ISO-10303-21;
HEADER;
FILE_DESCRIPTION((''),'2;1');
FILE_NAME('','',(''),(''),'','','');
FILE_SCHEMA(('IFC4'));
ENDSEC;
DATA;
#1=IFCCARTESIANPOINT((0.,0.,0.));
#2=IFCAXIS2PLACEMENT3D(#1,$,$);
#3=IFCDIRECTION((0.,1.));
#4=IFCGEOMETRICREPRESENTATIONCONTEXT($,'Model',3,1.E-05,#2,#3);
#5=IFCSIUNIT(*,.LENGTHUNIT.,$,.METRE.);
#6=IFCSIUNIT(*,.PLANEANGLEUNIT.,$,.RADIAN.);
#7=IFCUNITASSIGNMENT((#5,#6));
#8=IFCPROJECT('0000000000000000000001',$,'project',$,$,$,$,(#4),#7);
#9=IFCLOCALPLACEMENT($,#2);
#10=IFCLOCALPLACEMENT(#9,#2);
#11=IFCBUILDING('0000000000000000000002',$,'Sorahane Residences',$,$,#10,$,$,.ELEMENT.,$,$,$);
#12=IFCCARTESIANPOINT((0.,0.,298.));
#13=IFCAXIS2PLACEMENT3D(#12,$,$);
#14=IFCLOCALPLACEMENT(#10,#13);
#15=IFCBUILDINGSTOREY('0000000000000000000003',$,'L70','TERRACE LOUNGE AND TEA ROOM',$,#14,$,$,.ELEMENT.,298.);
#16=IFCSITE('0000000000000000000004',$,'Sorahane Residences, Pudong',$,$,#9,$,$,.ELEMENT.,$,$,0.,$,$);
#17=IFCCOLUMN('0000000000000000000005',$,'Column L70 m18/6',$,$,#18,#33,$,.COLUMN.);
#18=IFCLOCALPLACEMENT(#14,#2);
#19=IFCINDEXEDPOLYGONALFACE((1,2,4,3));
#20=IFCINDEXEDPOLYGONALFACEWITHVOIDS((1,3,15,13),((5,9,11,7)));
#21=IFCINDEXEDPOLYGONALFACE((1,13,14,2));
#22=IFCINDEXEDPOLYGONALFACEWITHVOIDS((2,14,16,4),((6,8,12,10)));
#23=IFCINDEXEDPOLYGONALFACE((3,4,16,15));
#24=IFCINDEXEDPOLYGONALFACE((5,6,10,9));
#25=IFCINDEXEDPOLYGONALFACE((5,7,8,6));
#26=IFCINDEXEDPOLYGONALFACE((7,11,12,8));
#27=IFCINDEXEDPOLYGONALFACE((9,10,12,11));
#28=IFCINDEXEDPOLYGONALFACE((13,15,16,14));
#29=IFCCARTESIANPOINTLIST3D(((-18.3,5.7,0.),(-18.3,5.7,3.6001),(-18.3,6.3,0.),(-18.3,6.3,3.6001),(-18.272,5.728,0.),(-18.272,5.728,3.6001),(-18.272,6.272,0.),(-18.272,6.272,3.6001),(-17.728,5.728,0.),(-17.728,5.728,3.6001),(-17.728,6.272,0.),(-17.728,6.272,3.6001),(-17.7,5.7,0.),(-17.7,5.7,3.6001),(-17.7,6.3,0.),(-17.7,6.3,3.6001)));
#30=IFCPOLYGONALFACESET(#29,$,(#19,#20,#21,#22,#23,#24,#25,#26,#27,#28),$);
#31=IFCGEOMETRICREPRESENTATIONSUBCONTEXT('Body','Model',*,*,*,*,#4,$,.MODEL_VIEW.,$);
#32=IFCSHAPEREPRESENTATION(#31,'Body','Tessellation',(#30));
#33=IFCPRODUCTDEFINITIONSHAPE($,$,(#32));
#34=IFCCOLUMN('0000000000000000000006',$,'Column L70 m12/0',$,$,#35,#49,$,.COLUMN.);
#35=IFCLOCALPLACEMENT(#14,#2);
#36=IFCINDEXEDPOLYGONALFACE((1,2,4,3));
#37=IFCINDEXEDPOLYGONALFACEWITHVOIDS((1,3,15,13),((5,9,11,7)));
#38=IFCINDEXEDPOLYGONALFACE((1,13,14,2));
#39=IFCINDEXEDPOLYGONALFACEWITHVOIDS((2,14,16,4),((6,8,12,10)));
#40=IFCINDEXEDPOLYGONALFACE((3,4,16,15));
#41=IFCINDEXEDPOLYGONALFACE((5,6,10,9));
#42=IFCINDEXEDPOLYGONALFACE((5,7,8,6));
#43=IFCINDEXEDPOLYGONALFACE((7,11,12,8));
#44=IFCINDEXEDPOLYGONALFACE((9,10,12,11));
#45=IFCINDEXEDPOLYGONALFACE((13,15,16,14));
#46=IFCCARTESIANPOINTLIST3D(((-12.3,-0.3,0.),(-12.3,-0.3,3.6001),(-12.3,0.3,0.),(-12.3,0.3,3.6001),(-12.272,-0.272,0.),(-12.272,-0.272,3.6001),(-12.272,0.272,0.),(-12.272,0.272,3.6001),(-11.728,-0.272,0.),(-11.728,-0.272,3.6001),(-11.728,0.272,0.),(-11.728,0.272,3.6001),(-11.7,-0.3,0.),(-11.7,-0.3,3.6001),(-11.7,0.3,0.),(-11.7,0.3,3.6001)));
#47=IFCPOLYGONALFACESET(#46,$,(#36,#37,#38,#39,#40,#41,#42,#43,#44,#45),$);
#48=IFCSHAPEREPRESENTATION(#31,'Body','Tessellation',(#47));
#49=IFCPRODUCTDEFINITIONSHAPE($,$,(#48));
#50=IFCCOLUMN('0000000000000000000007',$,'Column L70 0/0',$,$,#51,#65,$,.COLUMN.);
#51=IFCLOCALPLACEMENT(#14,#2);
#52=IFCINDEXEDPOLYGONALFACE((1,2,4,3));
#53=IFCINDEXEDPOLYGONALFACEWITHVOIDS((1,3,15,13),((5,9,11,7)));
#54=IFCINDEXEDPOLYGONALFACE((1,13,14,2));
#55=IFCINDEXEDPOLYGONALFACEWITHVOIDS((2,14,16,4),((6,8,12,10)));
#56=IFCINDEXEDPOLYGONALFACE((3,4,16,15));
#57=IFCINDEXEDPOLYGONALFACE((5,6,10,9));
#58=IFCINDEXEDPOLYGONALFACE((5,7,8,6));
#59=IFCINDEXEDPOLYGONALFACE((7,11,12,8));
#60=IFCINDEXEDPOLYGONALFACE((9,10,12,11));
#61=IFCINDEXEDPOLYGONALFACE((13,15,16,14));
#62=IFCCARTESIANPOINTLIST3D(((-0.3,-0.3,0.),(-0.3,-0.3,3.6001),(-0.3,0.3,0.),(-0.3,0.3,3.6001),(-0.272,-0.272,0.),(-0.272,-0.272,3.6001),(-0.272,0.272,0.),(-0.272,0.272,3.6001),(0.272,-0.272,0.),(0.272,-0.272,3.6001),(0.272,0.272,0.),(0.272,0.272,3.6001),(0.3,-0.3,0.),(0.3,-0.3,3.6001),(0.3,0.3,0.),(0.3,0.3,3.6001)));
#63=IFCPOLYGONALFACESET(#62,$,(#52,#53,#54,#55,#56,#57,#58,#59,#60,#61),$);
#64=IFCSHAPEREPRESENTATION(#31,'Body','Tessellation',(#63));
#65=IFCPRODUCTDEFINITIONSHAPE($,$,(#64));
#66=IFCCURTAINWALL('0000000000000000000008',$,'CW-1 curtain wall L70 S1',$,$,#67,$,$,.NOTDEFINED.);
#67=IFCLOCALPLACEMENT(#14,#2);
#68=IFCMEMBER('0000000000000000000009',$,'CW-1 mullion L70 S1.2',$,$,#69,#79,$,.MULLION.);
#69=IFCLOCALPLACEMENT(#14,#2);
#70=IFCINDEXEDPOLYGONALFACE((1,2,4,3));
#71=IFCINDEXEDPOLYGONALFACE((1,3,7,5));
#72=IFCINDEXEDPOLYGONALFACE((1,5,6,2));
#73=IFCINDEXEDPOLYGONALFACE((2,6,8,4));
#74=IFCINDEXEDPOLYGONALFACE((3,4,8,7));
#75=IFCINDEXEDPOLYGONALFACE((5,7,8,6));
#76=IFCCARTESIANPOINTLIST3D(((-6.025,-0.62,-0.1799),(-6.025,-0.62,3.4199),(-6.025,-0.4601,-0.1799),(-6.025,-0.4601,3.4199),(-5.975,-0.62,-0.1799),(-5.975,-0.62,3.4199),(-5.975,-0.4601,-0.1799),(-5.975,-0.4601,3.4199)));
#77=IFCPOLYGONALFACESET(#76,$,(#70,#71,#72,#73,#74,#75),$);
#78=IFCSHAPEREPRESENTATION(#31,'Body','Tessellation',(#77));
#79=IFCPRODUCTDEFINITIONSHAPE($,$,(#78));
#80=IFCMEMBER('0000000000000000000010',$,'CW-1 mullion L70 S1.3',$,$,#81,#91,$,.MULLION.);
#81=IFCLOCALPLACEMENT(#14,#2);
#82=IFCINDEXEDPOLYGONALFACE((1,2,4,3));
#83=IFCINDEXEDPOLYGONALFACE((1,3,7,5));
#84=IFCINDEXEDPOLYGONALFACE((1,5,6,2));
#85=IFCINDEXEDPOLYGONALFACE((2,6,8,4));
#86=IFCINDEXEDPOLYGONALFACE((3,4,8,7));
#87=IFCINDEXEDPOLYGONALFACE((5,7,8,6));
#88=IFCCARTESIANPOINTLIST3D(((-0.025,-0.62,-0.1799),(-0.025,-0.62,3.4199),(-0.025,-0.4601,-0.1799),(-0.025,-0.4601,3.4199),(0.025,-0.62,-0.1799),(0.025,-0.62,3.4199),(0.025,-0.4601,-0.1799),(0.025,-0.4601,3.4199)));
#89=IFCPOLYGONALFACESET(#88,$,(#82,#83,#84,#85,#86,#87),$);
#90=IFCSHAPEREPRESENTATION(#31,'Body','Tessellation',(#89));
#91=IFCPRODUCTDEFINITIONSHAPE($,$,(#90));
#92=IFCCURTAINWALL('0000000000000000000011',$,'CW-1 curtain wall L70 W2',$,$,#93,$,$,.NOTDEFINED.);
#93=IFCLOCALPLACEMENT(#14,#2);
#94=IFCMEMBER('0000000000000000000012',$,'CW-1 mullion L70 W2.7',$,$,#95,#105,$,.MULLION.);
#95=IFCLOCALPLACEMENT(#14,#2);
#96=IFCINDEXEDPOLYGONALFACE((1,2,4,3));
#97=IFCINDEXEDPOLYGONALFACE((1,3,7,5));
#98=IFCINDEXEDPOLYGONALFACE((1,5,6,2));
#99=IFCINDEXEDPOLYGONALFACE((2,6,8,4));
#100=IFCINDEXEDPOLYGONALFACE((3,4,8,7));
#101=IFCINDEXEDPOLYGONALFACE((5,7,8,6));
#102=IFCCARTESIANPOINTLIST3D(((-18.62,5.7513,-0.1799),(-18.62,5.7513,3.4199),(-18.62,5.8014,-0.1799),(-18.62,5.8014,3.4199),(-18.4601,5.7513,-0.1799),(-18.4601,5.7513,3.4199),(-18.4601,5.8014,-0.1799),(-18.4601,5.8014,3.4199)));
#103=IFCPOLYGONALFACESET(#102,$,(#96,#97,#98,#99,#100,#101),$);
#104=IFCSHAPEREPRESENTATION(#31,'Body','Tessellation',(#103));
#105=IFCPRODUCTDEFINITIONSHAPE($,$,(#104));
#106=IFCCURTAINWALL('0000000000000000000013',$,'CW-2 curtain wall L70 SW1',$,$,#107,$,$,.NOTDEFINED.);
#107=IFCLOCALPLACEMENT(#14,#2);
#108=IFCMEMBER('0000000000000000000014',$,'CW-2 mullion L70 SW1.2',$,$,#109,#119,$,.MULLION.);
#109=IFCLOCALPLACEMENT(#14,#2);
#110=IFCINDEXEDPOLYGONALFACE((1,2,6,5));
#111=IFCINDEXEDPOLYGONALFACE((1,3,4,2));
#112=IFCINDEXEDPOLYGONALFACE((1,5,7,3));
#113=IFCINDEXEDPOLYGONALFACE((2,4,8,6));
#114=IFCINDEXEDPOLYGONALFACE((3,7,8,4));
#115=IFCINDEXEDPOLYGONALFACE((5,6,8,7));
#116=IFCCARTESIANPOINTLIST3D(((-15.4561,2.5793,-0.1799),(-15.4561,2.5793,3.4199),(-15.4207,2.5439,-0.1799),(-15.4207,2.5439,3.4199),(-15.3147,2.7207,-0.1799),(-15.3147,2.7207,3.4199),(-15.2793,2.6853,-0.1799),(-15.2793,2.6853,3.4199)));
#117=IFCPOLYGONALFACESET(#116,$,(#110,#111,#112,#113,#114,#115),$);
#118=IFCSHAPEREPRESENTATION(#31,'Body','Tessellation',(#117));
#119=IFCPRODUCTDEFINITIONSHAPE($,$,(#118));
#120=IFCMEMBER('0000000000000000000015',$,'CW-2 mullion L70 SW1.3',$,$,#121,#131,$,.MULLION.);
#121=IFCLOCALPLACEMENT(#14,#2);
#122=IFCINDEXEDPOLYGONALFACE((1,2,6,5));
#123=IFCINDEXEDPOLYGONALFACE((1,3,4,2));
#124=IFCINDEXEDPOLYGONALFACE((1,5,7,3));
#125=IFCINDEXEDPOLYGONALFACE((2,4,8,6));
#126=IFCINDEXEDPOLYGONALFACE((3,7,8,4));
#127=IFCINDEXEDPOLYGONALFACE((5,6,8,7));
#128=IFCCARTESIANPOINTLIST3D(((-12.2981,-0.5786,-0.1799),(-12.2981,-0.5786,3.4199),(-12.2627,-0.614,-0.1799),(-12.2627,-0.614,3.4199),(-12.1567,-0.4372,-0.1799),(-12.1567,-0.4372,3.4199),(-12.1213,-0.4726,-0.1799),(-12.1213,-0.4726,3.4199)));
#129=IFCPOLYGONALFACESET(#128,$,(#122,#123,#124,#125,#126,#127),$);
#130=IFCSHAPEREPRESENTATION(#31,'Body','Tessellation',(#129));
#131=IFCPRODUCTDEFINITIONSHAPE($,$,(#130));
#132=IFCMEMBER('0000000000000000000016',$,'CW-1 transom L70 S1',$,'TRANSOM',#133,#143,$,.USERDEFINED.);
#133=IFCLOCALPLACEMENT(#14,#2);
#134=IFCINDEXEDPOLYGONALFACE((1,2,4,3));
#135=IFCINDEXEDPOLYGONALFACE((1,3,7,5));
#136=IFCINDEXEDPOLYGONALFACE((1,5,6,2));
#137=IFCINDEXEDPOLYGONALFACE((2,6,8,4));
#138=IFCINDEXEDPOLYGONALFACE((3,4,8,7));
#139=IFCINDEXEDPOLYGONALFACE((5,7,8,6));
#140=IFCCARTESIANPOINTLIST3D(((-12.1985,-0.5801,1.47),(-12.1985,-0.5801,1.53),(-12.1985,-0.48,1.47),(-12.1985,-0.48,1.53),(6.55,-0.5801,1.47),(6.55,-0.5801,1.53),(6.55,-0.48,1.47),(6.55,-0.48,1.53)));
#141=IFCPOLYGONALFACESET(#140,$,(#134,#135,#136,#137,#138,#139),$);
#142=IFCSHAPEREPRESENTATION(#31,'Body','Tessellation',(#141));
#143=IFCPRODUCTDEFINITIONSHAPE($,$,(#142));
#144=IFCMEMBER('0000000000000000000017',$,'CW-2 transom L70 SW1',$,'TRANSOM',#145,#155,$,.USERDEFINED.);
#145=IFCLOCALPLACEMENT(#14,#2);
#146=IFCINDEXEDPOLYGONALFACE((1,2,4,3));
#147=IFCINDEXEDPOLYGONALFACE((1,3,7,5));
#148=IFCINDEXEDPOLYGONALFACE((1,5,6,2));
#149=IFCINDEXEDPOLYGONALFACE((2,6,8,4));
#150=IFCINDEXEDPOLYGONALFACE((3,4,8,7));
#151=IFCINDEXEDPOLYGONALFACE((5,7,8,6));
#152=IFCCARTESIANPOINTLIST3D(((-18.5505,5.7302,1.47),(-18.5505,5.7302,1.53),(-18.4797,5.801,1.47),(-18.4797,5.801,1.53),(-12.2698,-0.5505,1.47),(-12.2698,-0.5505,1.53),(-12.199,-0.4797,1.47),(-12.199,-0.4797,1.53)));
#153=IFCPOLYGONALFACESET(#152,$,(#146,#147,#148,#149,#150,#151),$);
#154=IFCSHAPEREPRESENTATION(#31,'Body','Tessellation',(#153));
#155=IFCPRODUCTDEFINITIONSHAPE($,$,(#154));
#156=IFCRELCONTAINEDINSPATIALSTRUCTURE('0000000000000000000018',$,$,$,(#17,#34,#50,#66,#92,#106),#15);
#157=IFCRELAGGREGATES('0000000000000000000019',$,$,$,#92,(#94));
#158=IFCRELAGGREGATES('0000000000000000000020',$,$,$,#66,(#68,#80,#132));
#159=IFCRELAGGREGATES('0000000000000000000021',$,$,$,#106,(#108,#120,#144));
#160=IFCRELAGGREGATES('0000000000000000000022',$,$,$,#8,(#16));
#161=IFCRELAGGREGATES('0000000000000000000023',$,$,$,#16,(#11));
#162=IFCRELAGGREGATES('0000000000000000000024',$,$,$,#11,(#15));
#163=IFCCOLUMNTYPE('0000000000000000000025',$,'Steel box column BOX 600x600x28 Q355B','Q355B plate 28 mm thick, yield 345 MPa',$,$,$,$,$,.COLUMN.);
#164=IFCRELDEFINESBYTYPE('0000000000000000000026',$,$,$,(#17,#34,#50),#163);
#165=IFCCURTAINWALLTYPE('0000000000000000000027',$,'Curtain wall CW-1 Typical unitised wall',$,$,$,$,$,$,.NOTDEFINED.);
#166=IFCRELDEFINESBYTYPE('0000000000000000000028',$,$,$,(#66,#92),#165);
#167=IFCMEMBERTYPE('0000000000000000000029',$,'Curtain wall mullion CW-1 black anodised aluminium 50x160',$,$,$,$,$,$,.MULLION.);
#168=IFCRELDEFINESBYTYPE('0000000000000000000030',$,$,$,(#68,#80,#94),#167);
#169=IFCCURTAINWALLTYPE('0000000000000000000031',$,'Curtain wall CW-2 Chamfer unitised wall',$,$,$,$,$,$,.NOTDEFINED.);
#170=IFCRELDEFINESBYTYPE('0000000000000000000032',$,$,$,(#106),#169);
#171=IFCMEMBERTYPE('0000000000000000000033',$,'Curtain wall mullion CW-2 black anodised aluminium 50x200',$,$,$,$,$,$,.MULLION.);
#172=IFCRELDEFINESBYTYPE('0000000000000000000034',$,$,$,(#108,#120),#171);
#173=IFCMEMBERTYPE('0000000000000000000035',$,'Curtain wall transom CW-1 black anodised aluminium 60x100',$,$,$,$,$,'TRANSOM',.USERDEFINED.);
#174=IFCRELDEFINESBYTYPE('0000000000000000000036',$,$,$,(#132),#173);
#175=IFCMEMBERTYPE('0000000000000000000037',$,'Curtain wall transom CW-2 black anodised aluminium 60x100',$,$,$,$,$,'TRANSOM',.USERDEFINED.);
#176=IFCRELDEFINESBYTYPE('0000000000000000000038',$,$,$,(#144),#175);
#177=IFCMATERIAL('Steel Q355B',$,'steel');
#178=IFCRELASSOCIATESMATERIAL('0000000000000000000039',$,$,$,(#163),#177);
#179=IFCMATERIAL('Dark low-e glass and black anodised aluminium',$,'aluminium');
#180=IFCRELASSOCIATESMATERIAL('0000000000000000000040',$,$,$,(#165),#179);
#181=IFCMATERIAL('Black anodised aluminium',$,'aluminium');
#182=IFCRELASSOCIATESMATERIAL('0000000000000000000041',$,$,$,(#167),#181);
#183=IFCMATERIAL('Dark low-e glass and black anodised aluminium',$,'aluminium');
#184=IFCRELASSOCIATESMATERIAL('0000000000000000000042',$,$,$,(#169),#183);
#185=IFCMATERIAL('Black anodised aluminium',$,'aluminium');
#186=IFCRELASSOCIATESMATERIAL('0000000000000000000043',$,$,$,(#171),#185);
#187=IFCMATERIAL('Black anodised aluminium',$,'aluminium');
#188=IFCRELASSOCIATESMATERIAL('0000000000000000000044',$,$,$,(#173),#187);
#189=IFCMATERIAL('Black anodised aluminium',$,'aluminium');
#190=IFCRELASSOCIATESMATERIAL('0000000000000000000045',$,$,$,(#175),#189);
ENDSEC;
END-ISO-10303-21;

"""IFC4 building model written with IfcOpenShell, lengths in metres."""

from ifc_helpers import new_model, si_unit, direction, frame, origin, origin_2d, place, context, subcontext, project, spatial, rectangle, hollow_rectangle, extrude, material, material_profile, profile_set, type_object, element, aggregate, save


model = new_model("IFC4")

# Units and contexts
model_context = context("Model", 3, precision=1e-05, world=origin(), true_north=direction((0.0, 1.0)))
body_context = subcontext(model_context, "Body", "Model", "MODEL_VIEW")
ifc_project = project(units=[si_unit("LENGTHUNIT", "METRE"), si_unit("PLANEANGLEUNIT", "RADIAN")], contexts=[model_context])

# Site, building, storey
site_placement = place(None, origin())
site = spatial("IfcSite", under=ifc_project, at=site_placement, Name="Sorahane Residences, Pudong", CompositionType="ELEMENT", RefElevation=0.0)
building_placement = place(site_placement, origin())
building = spatial("IfcBuilding", under=site, at=building_placement, Name="Sorahane Residences", CompositionType="ELEMENT")
storey_placement = place(building_placement, frame((0.0, 0.0, 298.0)))
storey = spatial("IfcBuildingStorey", under=building, at=storey_placement, Name="L70", Description="TERRACE LOUNGE AND TEA ROOM", CompositionType="ELEMENT", Elevation=298.0)

# Columns
ifc_material_1 = material(Name="Steel Q355B", Category="steel")
ifc_material_profile_1 = material_profile(ifc_material_1, hollow_rectangle(XDim=0.6001, YDim=0.6001, WallThickness=0.0281, at=origin_2d()), Name="BOX 600x600x28")
ifc_profile_set_1 = profile_set([ifc_material_profile_1], Name="Steel Q355B")
column_type = type_object("IfcColumnType", Name="Steel box column BOX 600x600x28 Q355B", Description="Q355B plate 28 mm thick, yield 345 MPa", PredefinedType="COLUMN", material=ifc_profile_set_1)
for number, where, z_axis, x_axis, name in (
    (1, (-18.0, 6.0, 0.0), (0.0, 0.0, 1.0), (1.0, 0.0, 0.0), "Column L70 m18/6"),
    (2, (-12.0, 0.0, 0.0), (0.0, 0.0, 1.0), (1.0, 0.0, 0.0), "Column L70 m12/0"),
    (3, (0.0, 0.0, 0.0), (0.0, 0.0, 1.0), (1.0, 0.0, 0.0), "Column L70 0/0"),
):
    element("IfcColumn", number, at=place(storey_placement, frame(where, z_axis=z_axis, x_axis=x_axis)), inside=storey, type_object=column_type, Name=name, PredefinedType="COLUMN", context=body_context, shape_type="SweptSolid", body=[
        extrude(hollow_rectangle(XDim=0.6001, YDim=0.6001, WallThickness=0.0281, at=origin_2d()), origin(), (0.0, 0.0, 1.0), 3.6001),
    ])

# Curtain wall, members
ifc_material_2 = material(Name="Dark low-e glass and black anodised aluminium", Category="aluminium")
curtain_wall_type_1 = type_object("IfcCurtainWallType", Name="Curtain wall CW-1 Typical unitised wall", PredefinedType="NOTDEFINED", material=ifc_material_2)
curtain_wall_1_placement = place(storey_placement, origin())
curtain_wall_1 = element("IfcCurtainWall", 4, at=curtain_wall_1_placement, inside=storey, type_object=curtain_wall_type_1, Name="CW-1 curtain wall L70 S1", PredefinedType="NOTDEFINED")
ifc_material_3 = material(Name="Black anodised aluminium", Category="aluminium")
ifc_material_profile_2 = material_profile(ifc_material_3, rectangle(XDim=0.1599, YDim=0.05, at=origin_2d()), Name="Curtain wall mullion CW-1 black anodised aluminium 50x160")
ifc_profile_set_2 = profile_set([ifc_material_profile_2], Name="Black anodised aluminium")
member_type_1 = type_object("IfcMemberType", Name="Curtain wall mullion CW-1 black anodised aluminium 50x160", PredefinedType="MULLION", material=ifc_profile_set_2)
member_1_placement = place(storey_placement, frame((-6.0, -0.54, -0.1799), z_axis=(0.0, 0.0, 1.0), x_axis=(0.0, -1.0, 0.0)))
member_1 = element("IfcMember", 5, at=member_1_placement, type_object=member_type_1, Name="CW-1 mullion L70 S1.2", PredefinedType="MULLION", context=body_context, shape_type="SweptSolid", body=[
    extrude(rectangle(XDim=0.1599, YDim=0.05, at=origin_2d()), origin(), (0.0, 0.0, 1.0), 3.5999),
])
member_2_placement = place(storey_placement, frame((0.0, -0.54, -0.1799), z_axis=(0.0, 0.0, 1.0), x_axis=(0.0, -1.0, 0.0)))
member_2 = element("IfcMember", 6, at=member_2_placement, type_object=member_type_1, Name="CW-1 mullion L70 S1.3", PredefinedType="MULLION", context=body_context, shape_type="SweptSolid", body=[
    extrude(rectangle(XDim=0.1599, YDim=0.05, at=origin_2d()), origin(), (0.0, 0.0, 1.0), 3.5999),
])

# Curtain wall, member
curtain_wall_2_placement = place(storey_placement, origin())
curtain_wall_2 = element("IfcCurtainWall", 7, at=curtain_wall_2_placement, inside=storey, type_object=curtain_wall_type_1, Name="CW-1 curtain wall L70 W2", PredefinedType="NOTDEFINED")
member_3_placement = place(storey_placement, frame((-18.54, 5.7764, -0.1799), z_axis=(0.0, 0.0, 1.0), x_axis=(-1.0, 0.0, 0.0)))
member_3 = element("IfcMember", 8, at=member_3_placement, type_object=member_type_1, Name="CW-1 mullion L70 W2.7", PredefinedType="MULLION", context=body_context, shape_type="SweptSolid", body=[
    extrude(rectangle(XDim=0.1599, YDim=0.05, at=origin_2d()), origin(), (0.0, 0.0, 1.0), 3.5999),
])
aggregate(curtain_wall_2, [member_3])

# Curtain wall, members
ifc_material_4 = material(Name="Dark low-e glass and black anodised aluminium", Category="aluminium")
curtain_wall_type_2 = type_object("IfcCurtainWallType", Name="Curtain wall CW-2 Chamfer unitised wall", PredefinedType="NOTDEFINED", material=ifc_material_4)
curtain_wall_3_placement = place(storey_placement, origin())
curtain_wall_3 = element("IfcCurtainWall", 9, at=curtain_wall_3_placement, inside=storey, type_object=curtain_wall_type_2, Name="CW-2 curtain wall L70 SW1", PredefinedType="NOTDEFINED")
ifc_material_5 = material(Name="Black anodised aluminium", Category="aluminium")
ifc_material_profile_3 = material_profile(ifc_material_5, rectangle(XDim=0.2, YDim=0.05, at=origin_2d()), Name="Curtain wall mullion CW-2 black anodised aluminium 50x200")
ifc_profile_set_3 = profile_set([ifc_material_profile_3], Name="Black anodised aluminium")
member_type_2 = type_object("IfcMemberType", Name="Curtain wall mullion CW-2 black anodised aluminium 50x200", PredefinedType="MULLION", material=ifc_profile_set_3)
member_4_placement = place(storey_placement, frame((-15.3677, 2.6323, -0.1799), z_axis=(0.0, 0.0, 1.0), x_axis=(-0.707107, -0.707107, 0.0)))
member_4 = element("IfcMember", 10, at=member_4_placement, type_object=member_type_2, Name="CW-2 mullion L70 SW1.2", PredefinedType="MULLION", context=body_context, shape_type="SweptSolid", body=[
    extrude(rectangle(XDim=0.2, YDim=0.05, at=origin_2d()), origin(), (0.0, 0.0, 1.0), 3.5999),
])
member_5_placement = place(storey_placement, frame((-12.2097, -0.5256, -0.1799), z_axis=(0.0, 0.0, 1.0), x_axis=(-0.707107, -0.707107, 0.0)))
member_5 = element("IfcMember", 11, at=member_5_placement, type_object=member_type_2, Name="CW-2 mullion L70 SW1.3", PredefinedType="MULLION", context=body_context, shape_type="SweptSolid", body=[
    extrude(rectangle(XDim=0.2, YDim=0.05, at=origin_2d()), origin(), (0.0, 0.0, 1.0), 3.5999),
])

# Members
ifc_material_6 = material(Name="Black anodised aluminium", Category="aluminium")
ifc_material_profile_4 = material_profile(ifc_material_6, rectangle(XDim=0.1001, YDim=0.0601, at=origin_2d()), Name="Curtain wall transom CW-1 black anodised aluminium 60x100")
ifc_profile_set_4 = profile_set([ifc_material_profile_4], Name="Black anodised aluminium")
member_type_3 = type_object("IfcMemberType", Name="Curtain wall transom CW-1 black anodised aluminium 60x100", ElementType="TRANSOM", PredefinedType="USERDEFINED", material=ifc_profile_set_4)
member_6_placement = place(storey_placement, frame((-12.1985, -0.53, 1.5), z_axis=(1.0, 0.0, 0.0), x_axis=(0.0, 1.0, 0.0)))
member_6 = element("IfcMember", 12, at=member_6_placement, type_object=member_type_3, Name="CW-1 transom L70 S1", ObjectType="TRANSOM", PredefinedType="USERDEFINED", context=body_context, shape_type="SweptSolid", body=[
    extrude(rectangle(XDim=0.1001, YDim=0.0601, at=origin_2d()), origin(), (0.0, 0.0, 1.0), 18.7485),
])
ifc_material_7 = material(Name="Black anodised aluminium", Category="aluminium")
ifc_material_profile_5 = material_profile(ifc_material_7, rectangle(XDim=0.1001, YDim=0.0601, at=origin_2d()), Name="Curtain wall transom CW-2 black anodised aluminium 60x100")
ifc_profile_set_5 = profile_set([ifc_material_profile_5], Name="Black anodised aluminium")
member_type_4 = type_object("IfcMemberType", Name="Curtain wall transom CW-2 black anodised aluminium 60x100", ElementType="TRANSOM", PredefinedType="USERDEFINED", material=ifc_profile_set_5)
member_7_placement = place(storey_placement, frame((-18.5151, 5.7656, 1.5), z_axis=(0.707107, -0.707107, 0.0), x_axis=(0.707107, 0.707107, 0.0)))
member_7 = element("IfcMember", 13, at=member_7_placement, type_object=member_type_4, Name="CW-2 transom L70 SW1", ObjectType="TRANSOM", PredefinedType="USERDEFINED", context=body_context, shape_type="SweptSolid", body=[
    extrude(rectangle(XDim=0.1001, YDim=0.0601, at=origin_2d()), origin(), (0.0, 0.0, 1.0), 8.8823),
])

aggregate(curtain_wall_1, [member_1, member_2, member_6])
aggregate(curtain_wall_3, [member_4, member_5, member_7])

save(model, "model.ifc")
